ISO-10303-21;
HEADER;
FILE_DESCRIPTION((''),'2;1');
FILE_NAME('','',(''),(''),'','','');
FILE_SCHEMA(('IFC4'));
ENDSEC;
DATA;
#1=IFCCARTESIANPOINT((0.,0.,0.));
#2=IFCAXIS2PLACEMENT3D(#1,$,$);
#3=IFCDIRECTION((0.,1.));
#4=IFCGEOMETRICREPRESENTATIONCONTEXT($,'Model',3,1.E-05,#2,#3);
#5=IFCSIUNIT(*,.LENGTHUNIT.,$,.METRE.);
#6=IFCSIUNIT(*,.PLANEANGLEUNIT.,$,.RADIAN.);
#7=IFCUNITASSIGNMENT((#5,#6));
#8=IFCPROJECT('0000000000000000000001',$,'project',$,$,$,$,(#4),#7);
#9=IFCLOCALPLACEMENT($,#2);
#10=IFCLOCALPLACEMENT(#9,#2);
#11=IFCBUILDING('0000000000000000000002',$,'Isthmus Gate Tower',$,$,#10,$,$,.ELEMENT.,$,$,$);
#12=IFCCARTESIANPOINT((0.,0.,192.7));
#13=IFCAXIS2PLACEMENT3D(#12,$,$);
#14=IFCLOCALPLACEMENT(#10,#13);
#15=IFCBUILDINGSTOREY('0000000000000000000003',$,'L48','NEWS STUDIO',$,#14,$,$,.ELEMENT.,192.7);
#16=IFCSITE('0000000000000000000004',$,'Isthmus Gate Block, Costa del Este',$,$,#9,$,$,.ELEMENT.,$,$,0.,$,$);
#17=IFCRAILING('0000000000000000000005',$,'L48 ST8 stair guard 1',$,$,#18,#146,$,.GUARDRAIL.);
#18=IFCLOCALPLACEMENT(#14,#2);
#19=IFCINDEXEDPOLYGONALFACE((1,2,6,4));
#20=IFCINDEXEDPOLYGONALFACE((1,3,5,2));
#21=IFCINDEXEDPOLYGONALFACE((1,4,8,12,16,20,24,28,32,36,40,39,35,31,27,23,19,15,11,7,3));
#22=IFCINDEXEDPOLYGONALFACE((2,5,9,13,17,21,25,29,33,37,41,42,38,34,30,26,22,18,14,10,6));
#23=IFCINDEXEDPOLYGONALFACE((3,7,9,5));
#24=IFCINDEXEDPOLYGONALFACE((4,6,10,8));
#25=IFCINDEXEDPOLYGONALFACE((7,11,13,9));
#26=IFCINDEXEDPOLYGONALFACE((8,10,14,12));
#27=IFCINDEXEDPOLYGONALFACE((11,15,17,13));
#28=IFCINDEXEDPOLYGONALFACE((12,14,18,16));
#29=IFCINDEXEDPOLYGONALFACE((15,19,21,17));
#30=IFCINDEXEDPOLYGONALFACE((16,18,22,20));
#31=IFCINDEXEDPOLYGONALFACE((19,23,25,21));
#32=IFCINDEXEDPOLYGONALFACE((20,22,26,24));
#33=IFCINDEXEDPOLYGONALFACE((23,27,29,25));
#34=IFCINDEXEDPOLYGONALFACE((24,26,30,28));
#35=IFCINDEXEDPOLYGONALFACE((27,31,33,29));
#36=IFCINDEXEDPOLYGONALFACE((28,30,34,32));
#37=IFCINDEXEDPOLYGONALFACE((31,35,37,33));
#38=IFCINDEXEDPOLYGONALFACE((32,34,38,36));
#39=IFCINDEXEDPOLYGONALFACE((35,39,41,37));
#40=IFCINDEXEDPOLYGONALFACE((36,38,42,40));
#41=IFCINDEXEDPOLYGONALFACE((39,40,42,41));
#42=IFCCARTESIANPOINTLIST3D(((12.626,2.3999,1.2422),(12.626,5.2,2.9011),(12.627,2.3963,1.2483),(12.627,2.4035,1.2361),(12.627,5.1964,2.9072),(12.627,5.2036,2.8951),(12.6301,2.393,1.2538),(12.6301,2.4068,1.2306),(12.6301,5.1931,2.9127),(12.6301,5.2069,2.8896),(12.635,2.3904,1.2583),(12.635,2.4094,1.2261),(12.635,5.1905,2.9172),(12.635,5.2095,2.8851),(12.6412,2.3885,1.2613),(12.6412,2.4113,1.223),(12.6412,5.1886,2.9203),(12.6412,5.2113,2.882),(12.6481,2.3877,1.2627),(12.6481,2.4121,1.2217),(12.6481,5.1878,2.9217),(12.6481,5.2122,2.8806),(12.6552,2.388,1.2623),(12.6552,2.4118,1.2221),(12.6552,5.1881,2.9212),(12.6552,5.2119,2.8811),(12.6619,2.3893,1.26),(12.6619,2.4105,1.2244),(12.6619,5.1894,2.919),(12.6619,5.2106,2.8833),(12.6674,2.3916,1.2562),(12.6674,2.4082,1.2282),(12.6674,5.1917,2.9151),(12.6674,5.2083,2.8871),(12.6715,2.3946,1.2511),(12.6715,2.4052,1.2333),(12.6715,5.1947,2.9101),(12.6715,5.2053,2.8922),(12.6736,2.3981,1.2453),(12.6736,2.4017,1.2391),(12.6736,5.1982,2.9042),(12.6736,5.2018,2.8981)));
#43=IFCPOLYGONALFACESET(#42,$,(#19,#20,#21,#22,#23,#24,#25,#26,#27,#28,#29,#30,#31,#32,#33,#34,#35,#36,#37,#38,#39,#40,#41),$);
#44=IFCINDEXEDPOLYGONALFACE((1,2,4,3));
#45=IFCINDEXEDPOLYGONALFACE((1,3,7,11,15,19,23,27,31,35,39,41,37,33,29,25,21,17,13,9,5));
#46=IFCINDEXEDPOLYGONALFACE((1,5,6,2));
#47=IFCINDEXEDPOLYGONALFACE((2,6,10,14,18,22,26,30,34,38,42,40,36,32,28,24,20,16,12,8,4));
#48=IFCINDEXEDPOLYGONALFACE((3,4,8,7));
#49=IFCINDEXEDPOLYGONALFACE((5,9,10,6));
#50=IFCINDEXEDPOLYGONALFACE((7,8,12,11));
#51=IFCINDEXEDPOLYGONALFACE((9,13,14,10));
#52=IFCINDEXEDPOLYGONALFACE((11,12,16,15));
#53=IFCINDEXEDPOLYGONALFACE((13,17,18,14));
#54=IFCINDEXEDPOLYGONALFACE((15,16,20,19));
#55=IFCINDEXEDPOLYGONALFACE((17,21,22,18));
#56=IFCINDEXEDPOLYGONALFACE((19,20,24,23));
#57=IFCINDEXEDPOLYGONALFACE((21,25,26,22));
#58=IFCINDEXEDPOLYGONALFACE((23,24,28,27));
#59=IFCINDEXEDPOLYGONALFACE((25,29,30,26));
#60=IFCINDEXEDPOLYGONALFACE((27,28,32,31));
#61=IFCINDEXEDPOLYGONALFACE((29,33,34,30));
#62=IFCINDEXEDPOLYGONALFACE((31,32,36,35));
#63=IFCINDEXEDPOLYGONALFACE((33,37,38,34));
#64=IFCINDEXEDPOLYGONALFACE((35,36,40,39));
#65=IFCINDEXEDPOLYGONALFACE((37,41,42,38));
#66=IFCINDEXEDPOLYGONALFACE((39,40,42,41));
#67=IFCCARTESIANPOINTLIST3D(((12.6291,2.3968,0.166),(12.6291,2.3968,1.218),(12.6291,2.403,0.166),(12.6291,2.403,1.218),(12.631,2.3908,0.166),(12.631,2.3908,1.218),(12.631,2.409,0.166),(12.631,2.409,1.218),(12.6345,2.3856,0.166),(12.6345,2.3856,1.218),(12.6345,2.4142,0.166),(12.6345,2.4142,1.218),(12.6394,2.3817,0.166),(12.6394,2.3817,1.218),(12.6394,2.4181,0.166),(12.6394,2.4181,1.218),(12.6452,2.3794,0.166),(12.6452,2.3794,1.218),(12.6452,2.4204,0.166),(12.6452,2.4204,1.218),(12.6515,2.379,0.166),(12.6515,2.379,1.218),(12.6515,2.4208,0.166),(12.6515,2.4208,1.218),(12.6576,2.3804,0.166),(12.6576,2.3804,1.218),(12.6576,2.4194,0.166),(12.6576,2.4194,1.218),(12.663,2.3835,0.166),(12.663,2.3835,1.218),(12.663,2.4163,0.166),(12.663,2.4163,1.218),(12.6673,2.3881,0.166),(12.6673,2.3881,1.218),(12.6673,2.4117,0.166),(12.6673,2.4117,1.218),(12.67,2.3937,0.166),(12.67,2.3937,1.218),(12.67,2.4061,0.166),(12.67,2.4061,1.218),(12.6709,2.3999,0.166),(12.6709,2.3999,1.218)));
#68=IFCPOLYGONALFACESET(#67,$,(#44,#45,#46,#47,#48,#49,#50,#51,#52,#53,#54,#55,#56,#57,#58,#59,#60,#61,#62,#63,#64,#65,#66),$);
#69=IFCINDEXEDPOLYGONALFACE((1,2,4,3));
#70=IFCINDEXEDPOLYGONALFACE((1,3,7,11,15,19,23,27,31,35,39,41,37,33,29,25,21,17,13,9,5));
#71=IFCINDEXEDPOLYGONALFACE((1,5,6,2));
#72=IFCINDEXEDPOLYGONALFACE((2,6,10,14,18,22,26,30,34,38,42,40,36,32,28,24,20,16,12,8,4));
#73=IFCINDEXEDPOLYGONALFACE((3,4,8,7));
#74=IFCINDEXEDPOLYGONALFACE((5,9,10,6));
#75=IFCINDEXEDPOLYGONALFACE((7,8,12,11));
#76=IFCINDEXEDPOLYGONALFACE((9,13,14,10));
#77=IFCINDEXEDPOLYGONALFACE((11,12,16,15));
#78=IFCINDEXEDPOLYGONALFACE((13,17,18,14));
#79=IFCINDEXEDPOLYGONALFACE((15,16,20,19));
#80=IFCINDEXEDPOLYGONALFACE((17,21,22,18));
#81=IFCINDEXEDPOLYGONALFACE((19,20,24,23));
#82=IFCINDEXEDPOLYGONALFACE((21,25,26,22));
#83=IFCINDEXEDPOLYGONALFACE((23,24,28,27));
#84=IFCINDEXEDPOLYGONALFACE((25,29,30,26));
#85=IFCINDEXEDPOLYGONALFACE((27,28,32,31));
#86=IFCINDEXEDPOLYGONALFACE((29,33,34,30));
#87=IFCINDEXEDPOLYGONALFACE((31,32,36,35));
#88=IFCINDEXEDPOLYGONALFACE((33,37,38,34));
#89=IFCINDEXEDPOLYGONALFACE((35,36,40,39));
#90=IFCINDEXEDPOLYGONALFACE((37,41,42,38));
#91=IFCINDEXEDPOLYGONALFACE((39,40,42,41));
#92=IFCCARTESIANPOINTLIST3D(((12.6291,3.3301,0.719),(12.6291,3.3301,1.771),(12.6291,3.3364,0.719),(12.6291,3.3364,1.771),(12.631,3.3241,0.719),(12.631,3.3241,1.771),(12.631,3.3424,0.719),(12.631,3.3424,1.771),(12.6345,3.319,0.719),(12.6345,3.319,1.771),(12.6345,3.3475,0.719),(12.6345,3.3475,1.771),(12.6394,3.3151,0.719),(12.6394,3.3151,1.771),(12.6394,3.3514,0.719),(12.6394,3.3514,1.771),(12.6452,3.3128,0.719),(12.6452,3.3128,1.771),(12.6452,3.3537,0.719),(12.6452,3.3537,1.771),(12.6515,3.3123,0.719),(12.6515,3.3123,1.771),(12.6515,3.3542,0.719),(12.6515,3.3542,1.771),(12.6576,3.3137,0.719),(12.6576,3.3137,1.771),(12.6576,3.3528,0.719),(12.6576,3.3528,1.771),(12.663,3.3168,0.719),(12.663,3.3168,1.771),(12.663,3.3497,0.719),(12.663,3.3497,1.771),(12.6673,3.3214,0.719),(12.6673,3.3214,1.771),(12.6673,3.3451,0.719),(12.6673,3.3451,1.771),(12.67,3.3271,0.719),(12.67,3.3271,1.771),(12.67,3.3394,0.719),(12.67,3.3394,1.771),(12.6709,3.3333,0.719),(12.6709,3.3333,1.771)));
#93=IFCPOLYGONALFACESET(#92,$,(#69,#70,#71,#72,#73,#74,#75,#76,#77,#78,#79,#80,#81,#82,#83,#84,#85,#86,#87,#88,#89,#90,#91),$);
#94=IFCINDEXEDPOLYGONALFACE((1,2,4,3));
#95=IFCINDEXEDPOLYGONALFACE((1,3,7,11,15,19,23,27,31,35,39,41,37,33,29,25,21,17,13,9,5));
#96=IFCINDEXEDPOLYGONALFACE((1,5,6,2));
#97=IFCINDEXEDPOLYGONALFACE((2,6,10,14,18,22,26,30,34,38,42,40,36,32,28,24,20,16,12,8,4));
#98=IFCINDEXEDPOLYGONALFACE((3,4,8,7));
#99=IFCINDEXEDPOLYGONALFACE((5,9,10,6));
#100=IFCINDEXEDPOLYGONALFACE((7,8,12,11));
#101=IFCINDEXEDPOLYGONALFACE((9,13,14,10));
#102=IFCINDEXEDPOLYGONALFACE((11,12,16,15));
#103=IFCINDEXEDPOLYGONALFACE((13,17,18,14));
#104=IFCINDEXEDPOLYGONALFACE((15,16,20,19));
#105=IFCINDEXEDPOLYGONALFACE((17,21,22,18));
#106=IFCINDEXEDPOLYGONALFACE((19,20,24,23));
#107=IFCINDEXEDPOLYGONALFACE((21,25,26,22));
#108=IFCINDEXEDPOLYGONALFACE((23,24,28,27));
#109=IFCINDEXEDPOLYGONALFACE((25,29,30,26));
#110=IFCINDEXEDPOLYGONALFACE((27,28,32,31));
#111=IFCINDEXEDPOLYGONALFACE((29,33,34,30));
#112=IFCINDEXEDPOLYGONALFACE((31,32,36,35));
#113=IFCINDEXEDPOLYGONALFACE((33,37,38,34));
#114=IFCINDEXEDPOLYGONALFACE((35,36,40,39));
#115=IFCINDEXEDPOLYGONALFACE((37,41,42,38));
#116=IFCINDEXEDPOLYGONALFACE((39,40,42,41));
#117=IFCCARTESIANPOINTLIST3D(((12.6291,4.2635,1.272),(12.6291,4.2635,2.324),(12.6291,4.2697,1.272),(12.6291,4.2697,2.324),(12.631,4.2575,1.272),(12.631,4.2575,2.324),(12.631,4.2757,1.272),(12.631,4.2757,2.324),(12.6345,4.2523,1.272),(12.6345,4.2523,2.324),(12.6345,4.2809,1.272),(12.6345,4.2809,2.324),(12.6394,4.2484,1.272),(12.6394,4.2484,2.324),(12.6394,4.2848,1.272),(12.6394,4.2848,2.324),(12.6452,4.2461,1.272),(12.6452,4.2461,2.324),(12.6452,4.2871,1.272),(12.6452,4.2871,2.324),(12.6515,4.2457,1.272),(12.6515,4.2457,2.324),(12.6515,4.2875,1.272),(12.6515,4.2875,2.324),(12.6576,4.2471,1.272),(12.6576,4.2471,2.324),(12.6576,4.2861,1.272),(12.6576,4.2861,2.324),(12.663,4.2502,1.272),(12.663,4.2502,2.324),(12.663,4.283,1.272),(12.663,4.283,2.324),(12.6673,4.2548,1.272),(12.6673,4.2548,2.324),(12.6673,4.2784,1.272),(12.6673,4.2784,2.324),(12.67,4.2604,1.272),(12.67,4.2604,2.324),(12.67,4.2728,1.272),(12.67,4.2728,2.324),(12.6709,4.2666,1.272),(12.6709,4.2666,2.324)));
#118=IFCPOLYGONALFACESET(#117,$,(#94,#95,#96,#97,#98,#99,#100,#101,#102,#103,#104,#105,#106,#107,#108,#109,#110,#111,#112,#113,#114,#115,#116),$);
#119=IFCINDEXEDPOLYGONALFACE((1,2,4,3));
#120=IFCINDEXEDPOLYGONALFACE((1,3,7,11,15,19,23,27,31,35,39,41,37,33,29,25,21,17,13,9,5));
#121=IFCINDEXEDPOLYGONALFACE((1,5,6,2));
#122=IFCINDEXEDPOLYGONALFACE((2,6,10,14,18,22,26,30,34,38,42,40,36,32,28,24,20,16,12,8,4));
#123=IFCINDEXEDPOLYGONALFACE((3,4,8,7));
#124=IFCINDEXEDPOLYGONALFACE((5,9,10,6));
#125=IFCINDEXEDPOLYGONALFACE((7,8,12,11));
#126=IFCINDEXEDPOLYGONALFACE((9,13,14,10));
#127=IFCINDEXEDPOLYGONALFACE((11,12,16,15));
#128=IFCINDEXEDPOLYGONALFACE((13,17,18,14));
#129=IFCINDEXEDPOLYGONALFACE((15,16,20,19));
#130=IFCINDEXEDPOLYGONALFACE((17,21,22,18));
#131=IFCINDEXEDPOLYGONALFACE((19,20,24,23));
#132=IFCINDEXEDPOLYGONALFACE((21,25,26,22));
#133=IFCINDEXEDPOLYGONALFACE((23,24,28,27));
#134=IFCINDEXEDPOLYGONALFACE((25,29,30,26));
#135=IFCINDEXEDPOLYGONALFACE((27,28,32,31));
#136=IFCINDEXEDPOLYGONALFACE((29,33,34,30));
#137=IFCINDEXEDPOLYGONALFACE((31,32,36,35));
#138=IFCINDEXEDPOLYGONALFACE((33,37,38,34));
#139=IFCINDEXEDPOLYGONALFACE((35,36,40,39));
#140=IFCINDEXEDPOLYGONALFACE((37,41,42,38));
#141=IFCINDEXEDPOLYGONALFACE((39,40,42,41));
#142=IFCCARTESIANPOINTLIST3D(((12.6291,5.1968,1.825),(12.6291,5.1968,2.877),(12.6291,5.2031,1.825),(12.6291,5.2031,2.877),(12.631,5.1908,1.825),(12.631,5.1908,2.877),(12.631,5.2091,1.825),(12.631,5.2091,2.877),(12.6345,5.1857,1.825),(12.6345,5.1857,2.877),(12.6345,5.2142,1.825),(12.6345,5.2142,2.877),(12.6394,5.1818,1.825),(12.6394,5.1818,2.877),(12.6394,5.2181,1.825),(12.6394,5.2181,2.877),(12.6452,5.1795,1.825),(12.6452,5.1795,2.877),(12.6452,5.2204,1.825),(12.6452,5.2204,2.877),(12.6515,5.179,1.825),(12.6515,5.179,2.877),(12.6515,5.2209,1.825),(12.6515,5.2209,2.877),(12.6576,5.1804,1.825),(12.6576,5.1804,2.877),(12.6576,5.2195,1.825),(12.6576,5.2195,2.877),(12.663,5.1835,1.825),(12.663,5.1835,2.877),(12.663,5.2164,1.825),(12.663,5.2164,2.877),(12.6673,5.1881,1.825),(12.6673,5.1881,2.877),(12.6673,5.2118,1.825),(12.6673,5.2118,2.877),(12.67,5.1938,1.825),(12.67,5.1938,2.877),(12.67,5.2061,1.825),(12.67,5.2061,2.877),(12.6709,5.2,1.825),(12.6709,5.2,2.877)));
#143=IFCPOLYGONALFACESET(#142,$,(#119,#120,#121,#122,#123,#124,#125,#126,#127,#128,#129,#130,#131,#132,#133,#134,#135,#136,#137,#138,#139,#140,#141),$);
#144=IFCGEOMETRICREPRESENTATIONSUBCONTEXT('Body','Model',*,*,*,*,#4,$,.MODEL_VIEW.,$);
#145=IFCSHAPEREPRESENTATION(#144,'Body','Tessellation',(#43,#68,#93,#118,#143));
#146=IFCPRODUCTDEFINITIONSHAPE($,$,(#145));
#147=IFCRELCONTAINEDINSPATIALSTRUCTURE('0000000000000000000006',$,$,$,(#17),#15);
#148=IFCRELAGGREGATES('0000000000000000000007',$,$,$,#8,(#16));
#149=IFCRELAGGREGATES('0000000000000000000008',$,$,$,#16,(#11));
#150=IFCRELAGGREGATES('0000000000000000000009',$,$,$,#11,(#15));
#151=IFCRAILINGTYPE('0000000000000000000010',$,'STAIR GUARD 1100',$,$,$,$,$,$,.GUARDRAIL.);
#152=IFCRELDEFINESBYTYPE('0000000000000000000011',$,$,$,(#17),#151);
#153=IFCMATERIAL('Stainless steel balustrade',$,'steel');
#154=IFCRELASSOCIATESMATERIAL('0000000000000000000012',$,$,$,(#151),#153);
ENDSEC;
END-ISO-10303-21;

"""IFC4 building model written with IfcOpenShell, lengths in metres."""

from ifc_helpers import new_model, si_unit, direction, frame, origin, origin_2d, place, context, subcontext, project, spatial, circle, extrude, material, type_object, element, save


model = new_model("IFC4")

# Units and contexts
model_context = context("Model", 3, precision=1e-05, world=origin(), true_north=direction((0.0, 1.0)))
body_context = subcontext(model_context, "Body", "Model", "MODEL_VIEW")
ifc_project = project(units=[si_unit("LENGTHUNIT", "METRE"), si_unit("PLANEANGLEUNIT", "RADIAN")], contexts=[model_context])

# Site, building, storey
site_placement = place(None, origin())
site = spatial("IfcSite", under=ifc_project, at=site_placement, Name="Isthmus Gate Block, Costa del Este", CompositionType="ELEMENT", RefElevation=0.0)
building_placement = place(site_placement, origin())
building = spatial("IfcBuilding", under=site, at=building_placement, Name="Isthmus Gate Tower", CompositionType="ELEMENT")
storey_placement = place(building_placement, frame((0.0, 0.0, 192.7)))
storey = spatial("IfcBuildingStorey", under=building, at=storey_placement, Name="L48", Description="NEWS STUDIO", CompositionType="ELEMENT", Elevation=192.7)

# Railing
ifc_material_1 = material(Name="Stainless steel balustrade", Category="steel")
railing_type_1 = type_object("IfcRailingType", Name="STAIR GUARD 1100", PredefinedType="GUARDRAIL", material=ifc_material_1)
railing_1_placement = place(storey_placement, frame((12.6499, 2.3999, 0.166)))
element("IfcRailing", 1, at=railing_1_placement, inside=storey, type_object=railing_type_1, Name="L48 ST8 stair guard 1", PredefinedType="GUARDRAIL", context=body_context, shape_type="SweptSolid", body=[
    extrude(circle(Radius=0.0239, at=origin_2d()), frame((0.0, 0.0, 1.0762), z_axis=(0.0, 0.860339, 0.509722), x_axis=(-1.0, 0.0, 0.0)), (0.0, 0.0, 1.0), 3.2546),
    extrude(circle(Radius=0.021, at=origin_2d()), origin(), (0.0, 0.0, 1.0), 1.052),
    extrude(circle(Radius=0.021, at=origin_2d()), frame((0.0, 0.9333, 0.553)), (0.0, 0.0, 1.0), 1.052),
    extrude(circle(Radius=0.021, at=origin_2d()), frame((0.0, 1.8667, 1.106)), (0.0, 0.0, 1.0), 1.052),
    extrude(circle(Radius=0.021, at=origin_2d()), frame((0.0, 2.8, 1.6589)), (0.0, 0.0, 1.0), 1.052),
])

save(model, "model.ifc")
